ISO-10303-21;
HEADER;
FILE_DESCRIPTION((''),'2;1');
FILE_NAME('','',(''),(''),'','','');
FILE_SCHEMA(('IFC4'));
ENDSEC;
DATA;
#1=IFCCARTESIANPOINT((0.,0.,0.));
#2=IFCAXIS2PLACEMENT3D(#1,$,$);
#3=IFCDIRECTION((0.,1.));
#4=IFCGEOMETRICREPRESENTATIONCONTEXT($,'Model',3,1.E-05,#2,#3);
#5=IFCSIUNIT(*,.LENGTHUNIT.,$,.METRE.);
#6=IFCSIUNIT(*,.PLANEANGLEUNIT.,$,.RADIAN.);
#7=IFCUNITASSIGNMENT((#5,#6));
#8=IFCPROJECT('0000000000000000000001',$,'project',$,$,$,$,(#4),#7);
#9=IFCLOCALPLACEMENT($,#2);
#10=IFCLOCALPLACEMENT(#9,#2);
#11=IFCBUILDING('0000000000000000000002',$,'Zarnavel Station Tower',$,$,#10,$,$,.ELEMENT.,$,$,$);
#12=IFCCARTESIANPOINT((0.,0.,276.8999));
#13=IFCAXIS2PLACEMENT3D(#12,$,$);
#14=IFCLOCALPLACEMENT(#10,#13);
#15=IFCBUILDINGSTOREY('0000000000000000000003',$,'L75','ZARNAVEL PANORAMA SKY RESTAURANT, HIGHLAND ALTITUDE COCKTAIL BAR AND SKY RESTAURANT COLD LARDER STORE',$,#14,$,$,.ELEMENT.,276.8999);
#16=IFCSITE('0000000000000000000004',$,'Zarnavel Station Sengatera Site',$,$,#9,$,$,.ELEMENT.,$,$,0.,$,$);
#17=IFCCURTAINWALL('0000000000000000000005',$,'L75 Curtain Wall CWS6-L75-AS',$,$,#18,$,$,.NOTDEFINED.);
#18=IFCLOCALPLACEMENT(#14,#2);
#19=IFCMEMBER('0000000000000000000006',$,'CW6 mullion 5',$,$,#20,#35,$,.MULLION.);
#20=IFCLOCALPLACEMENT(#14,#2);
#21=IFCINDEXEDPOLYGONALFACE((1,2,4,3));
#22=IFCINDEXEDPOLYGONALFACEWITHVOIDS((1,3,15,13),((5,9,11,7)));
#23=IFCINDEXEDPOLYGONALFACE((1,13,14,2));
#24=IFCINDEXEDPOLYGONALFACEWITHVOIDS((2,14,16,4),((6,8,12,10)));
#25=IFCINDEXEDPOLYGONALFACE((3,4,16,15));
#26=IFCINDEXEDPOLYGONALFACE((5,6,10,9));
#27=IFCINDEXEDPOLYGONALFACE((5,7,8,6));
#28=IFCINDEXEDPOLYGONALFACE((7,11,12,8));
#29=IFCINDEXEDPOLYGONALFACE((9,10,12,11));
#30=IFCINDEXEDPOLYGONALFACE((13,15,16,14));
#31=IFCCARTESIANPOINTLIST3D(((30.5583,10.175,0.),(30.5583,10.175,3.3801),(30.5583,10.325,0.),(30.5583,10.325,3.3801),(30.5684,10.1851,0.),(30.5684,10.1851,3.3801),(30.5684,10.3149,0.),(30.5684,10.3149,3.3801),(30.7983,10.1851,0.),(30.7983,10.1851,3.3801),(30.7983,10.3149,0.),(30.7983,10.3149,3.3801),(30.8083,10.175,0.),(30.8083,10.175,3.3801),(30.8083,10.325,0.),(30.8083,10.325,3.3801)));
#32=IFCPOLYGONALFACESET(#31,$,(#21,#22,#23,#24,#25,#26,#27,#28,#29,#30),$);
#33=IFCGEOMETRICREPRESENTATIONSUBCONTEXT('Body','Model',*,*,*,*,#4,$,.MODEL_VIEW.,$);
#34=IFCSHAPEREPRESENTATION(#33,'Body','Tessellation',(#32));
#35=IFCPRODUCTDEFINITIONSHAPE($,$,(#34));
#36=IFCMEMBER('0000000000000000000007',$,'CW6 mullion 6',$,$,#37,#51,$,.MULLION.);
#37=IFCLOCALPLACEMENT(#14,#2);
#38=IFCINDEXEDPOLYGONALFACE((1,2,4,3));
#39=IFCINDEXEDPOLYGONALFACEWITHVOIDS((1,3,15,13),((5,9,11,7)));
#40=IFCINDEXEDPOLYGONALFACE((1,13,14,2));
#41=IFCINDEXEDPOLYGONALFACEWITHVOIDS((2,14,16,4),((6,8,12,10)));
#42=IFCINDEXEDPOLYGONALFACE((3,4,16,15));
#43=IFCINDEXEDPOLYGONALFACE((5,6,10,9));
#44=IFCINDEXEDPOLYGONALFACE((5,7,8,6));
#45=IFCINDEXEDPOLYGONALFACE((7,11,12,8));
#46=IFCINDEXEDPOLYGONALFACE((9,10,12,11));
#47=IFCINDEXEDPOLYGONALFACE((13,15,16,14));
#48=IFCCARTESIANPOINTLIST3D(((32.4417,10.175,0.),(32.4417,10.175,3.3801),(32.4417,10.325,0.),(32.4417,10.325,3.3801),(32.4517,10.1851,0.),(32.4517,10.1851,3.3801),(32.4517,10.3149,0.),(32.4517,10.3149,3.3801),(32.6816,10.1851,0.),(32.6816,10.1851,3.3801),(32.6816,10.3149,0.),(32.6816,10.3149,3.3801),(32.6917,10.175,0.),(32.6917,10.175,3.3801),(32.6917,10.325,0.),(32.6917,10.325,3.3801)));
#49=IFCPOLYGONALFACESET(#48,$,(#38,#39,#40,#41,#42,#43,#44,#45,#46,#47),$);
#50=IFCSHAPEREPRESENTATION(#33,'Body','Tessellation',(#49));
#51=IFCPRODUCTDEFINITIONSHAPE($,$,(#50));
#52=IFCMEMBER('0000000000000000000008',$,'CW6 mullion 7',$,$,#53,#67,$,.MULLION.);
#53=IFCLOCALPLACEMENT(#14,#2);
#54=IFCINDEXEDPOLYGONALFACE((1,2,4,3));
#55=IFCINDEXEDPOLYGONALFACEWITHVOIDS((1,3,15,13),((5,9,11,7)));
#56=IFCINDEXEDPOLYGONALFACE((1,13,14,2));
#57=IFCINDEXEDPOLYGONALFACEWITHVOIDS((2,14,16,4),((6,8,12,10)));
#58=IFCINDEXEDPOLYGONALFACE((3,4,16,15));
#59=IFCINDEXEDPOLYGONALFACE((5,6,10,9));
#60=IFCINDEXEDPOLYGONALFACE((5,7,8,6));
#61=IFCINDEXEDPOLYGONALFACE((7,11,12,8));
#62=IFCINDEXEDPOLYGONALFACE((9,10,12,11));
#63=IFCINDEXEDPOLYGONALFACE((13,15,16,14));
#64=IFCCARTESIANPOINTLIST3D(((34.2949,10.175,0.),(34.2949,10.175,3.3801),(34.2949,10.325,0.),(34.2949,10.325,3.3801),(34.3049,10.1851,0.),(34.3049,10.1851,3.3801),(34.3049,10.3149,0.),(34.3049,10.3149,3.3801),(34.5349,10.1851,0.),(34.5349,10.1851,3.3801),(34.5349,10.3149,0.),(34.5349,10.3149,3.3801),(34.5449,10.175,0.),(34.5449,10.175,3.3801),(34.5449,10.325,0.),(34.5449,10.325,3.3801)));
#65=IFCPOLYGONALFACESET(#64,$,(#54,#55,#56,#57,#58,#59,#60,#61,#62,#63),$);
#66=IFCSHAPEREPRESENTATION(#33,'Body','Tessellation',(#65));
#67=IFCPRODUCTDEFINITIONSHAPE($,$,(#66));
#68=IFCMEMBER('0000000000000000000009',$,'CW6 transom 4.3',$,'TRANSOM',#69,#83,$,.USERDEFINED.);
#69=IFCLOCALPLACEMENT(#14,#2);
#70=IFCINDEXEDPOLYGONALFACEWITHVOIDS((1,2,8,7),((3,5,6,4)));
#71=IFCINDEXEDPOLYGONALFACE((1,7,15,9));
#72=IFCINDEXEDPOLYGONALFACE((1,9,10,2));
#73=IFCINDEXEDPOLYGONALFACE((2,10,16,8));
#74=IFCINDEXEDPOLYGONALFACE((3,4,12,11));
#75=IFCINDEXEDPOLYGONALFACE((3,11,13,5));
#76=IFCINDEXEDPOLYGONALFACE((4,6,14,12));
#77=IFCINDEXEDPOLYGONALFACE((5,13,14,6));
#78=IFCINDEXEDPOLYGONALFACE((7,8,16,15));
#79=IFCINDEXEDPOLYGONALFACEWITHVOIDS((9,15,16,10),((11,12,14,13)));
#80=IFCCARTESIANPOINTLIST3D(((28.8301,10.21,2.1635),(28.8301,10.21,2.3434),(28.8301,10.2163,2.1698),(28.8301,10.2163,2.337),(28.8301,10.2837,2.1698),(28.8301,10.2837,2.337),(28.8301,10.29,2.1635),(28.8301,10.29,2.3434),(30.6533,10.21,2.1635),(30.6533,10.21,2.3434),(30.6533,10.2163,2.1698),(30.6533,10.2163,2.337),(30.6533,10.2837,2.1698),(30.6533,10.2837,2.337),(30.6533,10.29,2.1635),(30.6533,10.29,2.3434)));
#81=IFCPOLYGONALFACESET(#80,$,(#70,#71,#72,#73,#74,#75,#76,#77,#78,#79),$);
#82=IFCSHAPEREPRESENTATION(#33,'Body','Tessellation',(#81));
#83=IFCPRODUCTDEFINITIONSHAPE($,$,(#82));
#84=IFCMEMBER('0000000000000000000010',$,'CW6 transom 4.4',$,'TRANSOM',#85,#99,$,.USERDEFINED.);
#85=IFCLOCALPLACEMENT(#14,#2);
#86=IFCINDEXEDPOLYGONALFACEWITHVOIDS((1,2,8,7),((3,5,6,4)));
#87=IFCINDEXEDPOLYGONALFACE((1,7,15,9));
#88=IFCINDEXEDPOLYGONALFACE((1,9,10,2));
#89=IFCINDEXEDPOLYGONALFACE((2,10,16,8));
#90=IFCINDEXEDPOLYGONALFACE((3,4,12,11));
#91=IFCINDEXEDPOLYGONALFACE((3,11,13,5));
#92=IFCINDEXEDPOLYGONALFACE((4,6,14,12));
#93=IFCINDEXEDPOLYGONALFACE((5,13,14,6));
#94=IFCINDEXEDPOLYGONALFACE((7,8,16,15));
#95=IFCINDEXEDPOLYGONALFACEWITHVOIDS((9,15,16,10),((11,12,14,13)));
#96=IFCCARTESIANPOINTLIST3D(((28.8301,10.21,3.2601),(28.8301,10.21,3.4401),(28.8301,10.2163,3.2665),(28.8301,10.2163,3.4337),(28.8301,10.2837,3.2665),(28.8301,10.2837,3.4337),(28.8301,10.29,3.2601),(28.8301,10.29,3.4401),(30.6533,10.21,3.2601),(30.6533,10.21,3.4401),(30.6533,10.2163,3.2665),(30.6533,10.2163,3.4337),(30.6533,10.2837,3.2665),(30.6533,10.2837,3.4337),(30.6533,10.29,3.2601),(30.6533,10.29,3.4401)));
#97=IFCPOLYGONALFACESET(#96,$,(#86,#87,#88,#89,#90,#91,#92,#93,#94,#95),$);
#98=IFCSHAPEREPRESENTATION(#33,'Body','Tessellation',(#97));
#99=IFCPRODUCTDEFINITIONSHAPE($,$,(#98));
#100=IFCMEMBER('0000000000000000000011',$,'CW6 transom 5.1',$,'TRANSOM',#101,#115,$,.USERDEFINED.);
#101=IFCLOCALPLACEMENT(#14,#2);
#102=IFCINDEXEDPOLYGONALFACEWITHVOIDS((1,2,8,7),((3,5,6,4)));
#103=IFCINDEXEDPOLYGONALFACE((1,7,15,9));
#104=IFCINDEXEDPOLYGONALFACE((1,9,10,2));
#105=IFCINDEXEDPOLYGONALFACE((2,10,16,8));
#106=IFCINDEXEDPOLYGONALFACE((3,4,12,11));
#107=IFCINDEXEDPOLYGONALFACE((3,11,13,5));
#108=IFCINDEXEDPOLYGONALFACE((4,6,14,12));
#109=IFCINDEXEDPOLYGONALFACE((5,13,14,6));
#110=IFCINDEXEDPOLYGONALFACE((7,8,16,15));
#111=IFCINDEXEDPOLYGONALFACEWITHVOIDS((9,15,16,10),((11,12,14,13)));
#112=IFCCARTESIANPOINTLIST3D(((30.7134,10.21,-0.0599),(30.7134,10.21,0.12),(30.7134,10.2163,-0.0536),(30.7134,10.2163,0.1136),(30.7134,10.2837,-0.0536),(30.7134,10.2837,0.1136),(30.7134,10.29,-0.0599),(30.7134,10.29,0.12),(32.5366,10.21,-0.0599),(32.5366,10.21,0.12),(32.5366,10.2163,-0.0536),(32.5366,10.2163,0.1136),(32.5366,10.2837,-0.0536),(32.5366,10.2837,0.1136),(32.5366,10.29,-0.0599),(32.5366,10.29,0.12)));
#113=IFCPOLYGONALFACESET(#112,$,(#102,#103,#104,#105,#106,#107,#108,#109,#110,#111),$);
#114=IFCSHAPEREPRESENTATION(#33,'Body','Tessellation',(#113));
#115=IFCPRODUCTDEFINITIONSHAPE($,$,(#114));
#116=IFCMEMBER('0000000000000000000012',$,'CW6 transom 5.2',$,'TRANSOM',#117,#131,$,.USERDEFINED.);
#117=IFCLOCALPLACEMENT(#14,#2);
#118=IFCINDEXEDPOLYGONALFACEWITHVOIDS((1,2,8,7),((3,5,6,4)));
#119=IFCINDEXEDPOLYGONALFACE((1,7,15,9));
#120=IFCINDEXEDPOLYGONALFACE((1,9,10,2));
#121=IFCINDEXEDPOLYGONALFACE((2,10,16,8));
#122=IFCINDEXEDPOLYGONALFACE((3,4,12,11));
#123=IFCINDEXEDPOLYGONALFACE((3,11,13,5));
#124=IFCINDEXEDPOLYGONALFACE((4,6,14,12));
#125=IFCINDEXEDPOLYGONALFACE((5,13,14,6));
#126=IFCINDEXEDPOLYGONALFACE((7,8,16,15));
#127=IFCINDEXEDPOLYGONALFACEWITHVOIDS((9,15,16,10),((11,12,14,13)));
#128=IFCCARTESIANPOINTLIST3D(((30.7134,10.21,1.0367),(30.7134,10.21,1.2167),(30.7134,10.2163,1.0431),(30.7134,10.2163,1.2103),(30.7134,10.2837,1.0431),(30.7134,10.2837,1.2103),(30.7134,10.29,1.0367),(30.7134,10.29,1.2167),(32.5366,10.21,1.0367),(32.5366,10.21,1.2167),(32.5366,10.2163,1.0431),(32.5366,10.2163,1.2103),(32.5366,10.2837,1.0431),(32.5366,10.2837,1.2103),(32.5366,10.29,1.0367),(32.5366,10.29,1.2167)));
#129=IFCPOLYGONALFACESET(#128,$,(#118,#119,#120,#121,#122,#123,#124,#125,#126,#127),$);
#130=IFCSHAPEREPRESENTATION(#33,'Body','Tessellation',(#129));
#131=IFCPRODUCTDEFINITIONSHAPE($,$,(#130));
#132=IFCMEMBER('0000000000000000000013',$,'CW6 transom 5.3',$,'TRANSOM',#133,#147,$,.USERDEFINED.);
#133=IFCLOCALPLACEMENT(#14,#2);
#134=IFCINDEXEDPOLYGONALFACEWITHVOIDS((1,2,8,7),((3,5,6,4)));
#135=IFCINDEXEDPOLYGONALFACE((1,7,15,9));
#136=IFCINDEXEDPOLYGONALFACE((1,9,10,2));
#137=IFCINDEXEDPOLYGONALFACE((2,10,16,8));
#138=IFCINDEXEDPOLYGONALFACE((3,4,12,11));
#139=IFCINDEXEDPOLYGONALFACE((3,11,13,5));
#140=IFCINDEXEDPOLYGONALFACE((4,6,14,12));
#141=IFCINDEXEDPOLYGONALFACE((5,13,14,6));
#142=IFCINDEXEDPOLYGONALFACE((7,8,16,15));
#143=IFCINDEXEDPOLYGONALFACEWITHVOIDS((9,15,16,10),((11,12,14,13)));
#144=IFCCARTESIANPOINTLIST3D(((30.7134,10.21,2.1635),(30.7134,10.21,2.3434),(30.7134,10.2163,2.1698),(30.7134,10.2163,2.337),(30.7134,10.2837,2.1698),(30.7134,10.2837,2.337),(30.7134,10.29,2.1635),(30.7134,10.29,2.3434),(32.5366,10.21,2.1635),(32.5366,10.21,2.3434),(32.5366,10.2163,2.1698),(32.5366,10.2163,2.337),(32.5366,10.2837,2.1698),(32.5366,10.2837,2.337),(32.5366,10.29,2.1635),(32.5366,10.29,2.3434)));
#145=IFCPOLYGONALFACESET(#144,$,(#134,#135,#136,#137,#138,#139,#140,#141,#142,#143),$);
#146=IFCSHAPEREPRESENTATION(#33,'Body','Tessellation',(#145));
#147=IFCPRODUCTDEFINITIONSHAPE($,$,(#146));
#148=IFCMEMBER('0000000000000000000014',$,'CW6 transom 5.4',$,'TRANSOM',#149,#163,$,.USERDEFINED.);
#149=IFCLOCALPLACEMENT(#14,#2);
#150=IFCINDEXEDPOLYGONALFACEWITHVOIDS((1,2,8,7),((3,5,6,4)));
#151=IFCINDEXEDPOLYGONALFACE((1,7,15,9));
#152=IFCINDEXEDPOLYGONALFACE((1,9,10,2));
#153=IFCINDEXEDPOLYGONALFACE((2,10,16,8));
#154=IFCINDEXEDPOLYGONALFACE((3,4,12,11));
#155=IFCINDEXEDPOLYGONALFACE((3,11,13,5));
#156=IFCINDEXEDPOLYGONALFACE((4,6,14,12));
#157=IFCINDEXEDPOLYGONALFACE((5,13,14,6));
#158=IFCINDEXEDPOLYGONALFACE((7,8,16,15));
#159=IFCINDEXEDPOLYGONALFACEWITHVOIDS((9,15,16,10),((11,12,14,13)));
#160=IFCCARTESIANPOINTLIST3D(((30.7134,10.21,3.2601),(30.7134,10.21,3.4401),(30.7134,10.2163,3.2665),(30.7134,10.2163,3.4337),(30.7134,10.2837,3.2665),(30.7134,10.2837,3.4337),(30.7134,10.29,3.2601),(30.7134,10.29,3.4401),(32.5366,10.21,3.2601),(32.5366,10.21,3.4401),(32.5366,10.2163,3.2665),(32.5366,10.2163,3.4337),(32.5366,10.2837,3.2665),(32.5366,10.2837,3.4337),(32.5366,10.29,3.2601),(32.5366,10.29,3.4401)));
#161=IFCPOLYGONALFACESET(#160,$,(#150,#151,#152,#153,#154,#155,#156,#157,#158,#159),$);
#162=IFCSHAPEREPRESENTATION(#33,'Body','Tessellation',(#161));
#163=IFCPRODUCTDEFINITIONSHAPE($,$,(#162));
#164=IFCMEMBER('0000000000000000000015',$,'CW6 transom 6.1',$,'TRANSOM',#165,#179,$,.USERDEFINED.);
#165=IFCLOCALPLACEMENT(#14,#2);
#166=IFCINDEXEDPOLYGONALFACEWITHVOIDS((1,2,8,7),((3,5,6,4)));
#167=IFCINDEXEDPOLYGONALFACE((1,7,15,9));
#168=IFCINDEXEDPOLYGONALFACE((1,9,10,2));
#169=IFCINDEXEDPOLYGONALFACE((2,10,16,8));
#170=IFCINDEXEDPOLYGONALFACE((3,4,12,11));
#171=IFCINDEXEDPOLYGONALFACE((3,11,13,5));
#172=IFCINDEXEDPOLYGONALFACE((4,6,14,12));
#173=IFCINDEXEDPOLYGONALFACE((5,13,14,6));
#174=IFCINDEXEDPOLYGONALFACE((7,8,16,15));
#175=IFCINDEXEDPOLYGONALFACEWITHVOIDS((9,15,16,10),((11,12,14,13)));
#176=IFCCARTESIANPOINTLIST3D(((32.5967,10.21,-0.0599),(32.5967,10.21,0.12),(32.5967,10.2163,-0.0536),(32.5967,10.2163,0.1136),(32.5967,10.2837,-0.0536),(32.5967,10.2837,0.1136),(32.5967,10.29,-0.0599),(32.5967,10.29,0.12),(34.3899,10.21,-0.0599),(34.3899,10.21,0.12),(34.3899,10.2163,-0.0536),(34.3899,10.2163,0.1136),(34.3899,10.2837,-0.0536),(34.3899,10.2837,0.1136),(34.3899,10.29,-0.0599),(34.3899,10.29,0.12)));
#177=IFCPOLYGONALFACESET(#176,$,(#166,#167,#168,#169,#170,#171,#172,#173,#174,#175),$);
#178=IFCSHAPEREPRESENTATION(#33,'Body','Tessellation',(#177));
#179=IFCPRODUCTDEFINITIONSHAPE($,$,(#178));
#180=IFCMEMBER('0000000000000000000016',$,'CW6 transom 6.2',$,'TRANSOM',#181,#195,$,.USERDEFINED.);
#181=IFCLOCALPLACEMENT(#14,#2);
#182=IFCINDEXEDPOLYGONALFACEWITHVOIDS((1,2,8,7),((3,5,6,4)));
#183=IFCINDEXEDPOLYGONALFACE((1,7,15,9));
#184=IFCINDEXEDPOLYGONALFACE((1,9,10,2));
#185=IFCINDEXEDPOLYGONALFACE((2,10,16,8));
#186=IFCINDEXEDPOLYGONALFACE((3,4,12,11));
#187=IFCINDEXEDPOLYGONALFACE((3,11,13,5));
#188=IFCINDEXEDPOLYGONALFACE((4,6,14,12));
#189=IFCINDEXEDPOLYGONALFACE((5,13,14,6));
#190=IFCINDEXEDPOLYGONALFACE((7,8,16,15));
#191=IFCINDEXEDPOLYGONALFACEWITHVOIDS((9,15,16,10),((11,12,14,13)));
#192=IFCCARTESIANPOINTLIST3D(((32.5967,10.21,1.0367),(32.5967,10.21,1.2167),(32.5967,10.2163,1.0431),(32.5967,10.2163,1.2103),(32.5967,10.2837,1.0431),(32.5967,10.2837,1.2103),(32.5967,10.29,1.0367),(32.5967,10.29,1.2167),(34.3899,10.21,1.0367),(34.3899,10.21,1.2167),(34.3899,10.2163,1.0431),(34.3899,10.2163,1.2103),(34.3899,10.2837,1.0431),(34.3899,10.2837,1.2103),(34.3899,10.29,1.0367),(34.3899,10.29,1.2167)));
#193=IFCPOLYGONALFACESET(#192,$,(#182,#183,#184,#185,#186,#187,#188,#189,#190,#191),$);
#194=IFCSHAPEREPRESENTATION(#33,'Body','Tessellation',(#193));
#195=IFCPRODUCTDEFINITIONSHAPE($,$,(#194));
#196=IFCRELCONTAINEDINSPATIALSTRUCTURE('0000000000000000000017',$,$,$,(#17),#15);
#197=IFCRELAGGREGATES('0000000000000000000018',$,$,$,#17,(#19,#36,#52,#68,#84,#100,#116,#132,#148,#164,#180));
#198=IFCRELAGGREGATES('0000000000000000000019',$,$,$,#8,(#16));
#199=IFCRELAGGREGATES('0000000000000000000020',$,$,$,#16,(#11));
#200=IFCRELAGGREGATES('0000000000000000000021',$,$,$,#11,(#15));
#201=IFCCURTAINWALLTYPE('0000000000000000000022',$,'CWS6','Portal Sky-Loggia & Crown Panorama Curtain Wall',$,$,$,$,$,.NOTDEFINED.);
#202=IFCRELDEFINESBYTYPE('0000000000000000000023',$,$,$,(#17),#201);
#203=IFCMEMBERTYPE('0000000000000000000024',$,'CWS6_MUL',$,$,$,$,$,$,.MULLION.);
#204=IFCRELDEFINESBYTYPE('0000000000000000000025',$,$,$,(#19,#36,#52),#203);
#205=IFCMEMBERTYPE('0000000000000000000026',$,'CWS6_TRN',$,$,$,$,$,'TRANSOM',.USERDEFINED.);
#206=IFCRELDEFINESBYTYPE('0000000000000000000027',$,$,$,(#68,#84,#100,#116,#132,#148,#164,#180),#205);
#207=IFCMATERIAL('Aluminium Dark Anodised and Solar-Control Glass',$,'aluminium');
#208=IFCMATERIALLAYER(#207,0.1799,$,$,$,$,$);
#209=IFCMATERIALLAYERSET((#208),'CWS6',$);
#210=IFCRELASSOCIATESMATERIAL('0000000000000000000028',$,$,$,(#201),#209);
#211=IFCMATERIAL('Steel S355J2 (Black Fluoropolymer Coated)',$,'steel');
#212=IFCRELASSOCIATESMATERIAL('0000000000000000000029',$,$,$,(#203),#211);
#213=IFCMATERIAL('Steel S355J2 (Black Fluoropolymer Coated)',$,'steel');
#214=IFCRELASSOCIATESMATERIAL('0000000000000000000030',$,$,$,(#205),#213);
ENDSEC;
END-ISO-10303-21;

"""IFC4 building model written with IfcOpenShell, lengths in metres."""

from ifc_helpers import new_model, si_unit, direction, frame, origin, origin_2d, place, context, subcontext, project, spatial, hollow_rectangle, extrude, material, layer, layer_set, material_profile, profile_set, type_object, element, aggregate, save


model = new_model("IFC4")

# Units and contexts
model_context = context("Model", 3, precision=1e-05, world=origin(), true_north=direction((0.0, 1.0)))
body_context = subcontext(model_context, "Body", "Model", "MODEL_VIEW")
ifc_project = project(units=[si_unit("LENGTHUNIT", "METRE"), si_unit("PLANEANGLEUNIT", "RADIAN")], contexts=[model_context])

# Site, building, storey
site_placement = place(None, origin())
site = spatial("IfcSite", under=ifc_project, at=site_placement, Name="Zarnavel Station Sengatera Site", CompositionType="ELEMENT", RefElevation=0.0)
building_placement = place(site_placement, origin())
building = spatial("IfcBuilding", under=site, at=building_placement, Name="Zarnavel Station Tower", CompositionType="ELEMENT")
storey_placement = place(building_placement, frame((0.0, 0.0, 276.8999)))
storey = spatial("IfcBuildingStorey", under=building, at=storey_placement, Name="L75", Description="ZARNAVEL PANORAMA SKY RESTAURANT, HIGHLAND ALTITUDE COCKTAIL BAR AND SKY RESTAURANT COLD LARDER STORE", CompositionType="ELEMENT", Elevation=276.8999)

# Curtain wall, members
ifc_material_1 = material(Name="Aluminium Dark Anodised and Solar-Control Glass", Category="aluminium")
ifc_layer_1 = layer(ifc_material_1, 0.1799)
ifc_layer_set_1 = layer_set([ifc_layer_1], Name="CWS6")
curtain_wall_type = type_object("IfcCurtainWallType", Name="CWS6", Description="Portal Sky-Loggia & Crown Panorama Curtain Wall", PredefinedType="NOTDEFINED", material=ifc_layer_set_1)
curtain_wall_placement = place(storey_placement, origin())
curtain_wall = element("IfcCurtainWall", 1, at=curtain_wall_placement, inside=storey, type_object=curtain_wall_type, Name="L75 Curtain Wall CWS6-L75-AS", PredefinedType="NOTDEFINED")
ifc_material_2 = material(Name="Steel S355J2 (Black Fluoropolymer Coated)", Category="steel")
ifc_material_profile_1 = material_profile(ifc_material_2, hollow_rectangle(XDim=0.1499, YDim=0.25, WallThickness=0.01, at=origin_2d()), Name="RHS250x150x10")
ifc_profile_set_1 = profile_set([ifc_material_profile_1], Name="Steel S355J2 (Black Fluoropolymer Coated)")
member_type_1 = type_object("IfcMemberType", Name="CWS6_MUL", PredefinedType="MULLION", material=ifc_profile_set_1)
member_1_placement = place(storey_placement, frame((30.6833, 10.25, 0.0), z_axis=(0.0, 0.0, 1.0), x_axis=(0.0, 1.0, 0.0)))
member_1 = element("IfcMember", 2, at=member_1_placement, type_object=member_type_1, Name="CW6 mullion 5", PredefinedType="MULLION", context=body_context, shape_type="SweptSolid", body=[
    extrude(hollow_rectangle(XDim=0.1499, YDim=0.25, WallThickness=0.01, at=origin_2d()), origin(), (0.0, 0.0, 1.0), 3.3801),
])
member_2_placement = place(storey_placement, frame((32.5667, 10.25, 0.0), z_axis=(0.0, 0.0, 1.0), x_axis=(0.0, 1.0, 0.0)))
member_2 = element("IfcMember", 3, at=member_2_placement, type_object=member_type_1, Name="CW6 mullion 6", PredefinedType="MULLION", context=body_context, shape_type="SweptSolid", body=[
    extrude(hollow_rectangle(XDim=0.1499, YDim=0.25, WallThickness=0.01, at=origin_2d()), origin(), (0.0, 0.0, 1.0), 3.3801),
])
member_3_placement = place(storey_placement, frame((34.4199, 10.25, 0.0), z_axis=(0.0, 0.0, 1.0), x_axis=(0.0, 1.0, 0.0)))
member_3 = element("IfcMember", 4, at=member_3_placement, type_object=member_type_1, Name="CW6 mullion 7", PredefinedType="MULLION", context=body_context, shape_type="SweptSolid", body=[
    extrude(hollow_rectangle(XDim=0.1499, YDim=0.25, WallThickness=0.01, at=origin_2d()), origin(), (0.0, 0.0, 1.0), 3.3801),
])
ifc_material_3 = material(Name="Steel S355J2 (Black Fluoropolymer Coated)", Category="steel")
ifc_material_profile_2 = material_profile(ifc_material_3, hollow_rectangle(XDim=0.0801, YDim=0.1799, WallThickness=0.0063, at=origin_2d()), Name="RHS180x80x6.3")
ifc_profile_set_2 = profile_set([ifc_material_profile_2], Name="Steel S355J2 (Black Fluoropolymer Coated)")
member_type_2 = type_object("IfcMemberType", Name="CWS6_TRN", ElementType="TRANSOM", PredefinedType="USERDEFINED", material=ifc_profile_set_2)
member_4_placement = place(storey_placement, frame((28.8301, 10.25, 2.2534), z_axis=(1.0, 0.0, 0.0), x_axis=(0.0, 1.0, 0.0)))
member_4 = element("IfcMember", 5, at=member_4_placement, type_object=member_type_2, Name="CW6 transom 4.3", ObjectType="TRANSOM", PredefinedType="USERDEFINED", context=body_context, shape_type="SweptSolid", body=[
    extrude(hollow_rectangle(XDim=0.0801, YDim=0.1799, WallThickness=0.0063, at=origin_2d()), origin(), (0.0, 0.0, 1.0), 1.8232),
])
member_5_placement = place(storey_placement, frame((28.8301, 10.25, 3.3501), z_axis=(1.0, 0.0, 0.0), x_axis=(0.0, 1.0, 0.0)))
member_5 = element("IfcMember", 6, at=member_5_placement, type_object=member_type_2, Name="CW6 transom 4.4", ObjectType="TRANSOM", PredefinedType="USERDEFINED", context=body_context, shape_type="SweptSolid", body=[
    extrude(hollow_rectangle(XDim=0.0801, YDim=0.1799, WallThickness=0.0063, at=origin_2d()), origin(), (0.0, 0.0, 1.0), 1.8232),
])
member_6_placement = place(storey_placement, frame((30.7134, 10.25, 0.03), z_axis=(1.0, 0.0, 0.0), x_axis=(0.0, 1.0, 0.0)))
member_6 = element("IfcMember", 7, at=member_6_placement, type_object=member_type_2, Name="CW6 transom 5.1", ObjectType="TRANSOM", PredefinedType="USERDEFINED", context=body_context, shape_type="SweptSolid", body=[
    extrude(hollow_rectangle(XDim=0.0801, YDim=0.1799, WallThickness=0.0063, at=origin_2d()), origin(), (0.0, 0.0, 1.0), 1.8232),
])
member_7_placement = place(storey_placement, frame((30.7134, 10.25, 1.1267), z_axis=(1.0, 0.0, 0.0), x_axis=(0.0, 1.0, 0.0)))
member_7 = element("IfcMember", 8, at=member_7_placement, type_object=member_type_2, Name="CW6 transom 5.2", ObjectType="TRANSOM", PredefinedType="USERDEFINED", context=body_context, shape_type="SweptSolid", body=[
    extrude(hollow_rectangle(XDim=0.0801, YDim=0.1799, WallThickness=0.0063, at=origin_2d()), origin(), (0.0, 0.0, 1.0), 1.8232),
])
member_8_placement = place(storey_placement, frame((30.7134, 10.25, 2.2534), z_axis=(1.0, 0.0, 0.0), x_axis=(0.0, 1.0, 0.0)))
member_8 = element("IfcMember", 9, at=member_8_placement, type_object=member_type_2, Name="CW6 transom 5.3", ObjectType="TRANSOM", PredefinedType="USERDEFINED", context=body_context, shape_type="SweptSolid", body=[
    extrude(hollow_rectangle(XDim=0.0801, YDim=0.1799, WallThickness=0.0063, at=origin_2d()), origin(), (0.0, 0.0, 1.0), 1.8232),
])
member_9_placement = place(storey_placement, frame((30.7134, 10.25, 3.3501), z_axis=(1.0, 0.0, 0.0), x_axis=(0.0, 1.0, 0.0)))
member_9 = element("IfcMember", 10, at=member_9_placement, type_object=member_type_2, Name="CW6 transom 5.4", ObjectType="TRANSOM", PredefinedType="USERDEFINED", context=body_context, shape_type="SweptSolid", body=[
    extrude(hollow_rectangle(XDim=0.0801, YDim=0.1799, WallThickness=0.0063, at=origin_2d()), origin(), (0.0, 0.0, 1.0), 1.8232),
])
member_10_placement = place(storey_placement, frame((32.5967, 10.25, 0.03), z_axis=(1.0, 0.0, 0.0), x_axis=(0.0, 1.0, 0.0)))
member_10 = element("IfcMember", 11, at=member_10_placement, type_object=member_type_2, Name="CW6 transom 6.1", ObjectType="TRANSOM", PredefinedType="USERDEFINED", context=body_context, shape_type="SweptSolid", body=[
    extrude(hollow_rectangle(XDim=0.0801, YDim=0.1799, WallThickness=0.0063, at=origin_2d()), origin(), (0.0, 0.0, 1.0), 1.7932),
])
member_11_placement = place(storey_placement, frame((32.5967, 10.25, 1.1267), z_axis=(1.0, 0.0, 0.0), x_axis=(0.0, 1.0, 0.0)))
member_11 = element("IfcMember", 12, at=member_11_placement, type_object=member_type_2, Name="CW6 transom 6.2", ObjectType="TRANSOM", PredefinedType="USERDEFINED", context=body_context, shape_type="SweptSolid", body=[
    extrude(hollow_rectangle(XDim=0.0801, YDim=0.1799, WallThickness=0.0063, at=origin_2d()), origin(), (0.0, 0.0, 1.0), 1.7932),
])

aggregate(curtain_wall, [member_1, member_2, member_3, member_4, member_5, member_6, member_7, member_8, member_9, member_10, member_11])

save(model, "model.ifc")
